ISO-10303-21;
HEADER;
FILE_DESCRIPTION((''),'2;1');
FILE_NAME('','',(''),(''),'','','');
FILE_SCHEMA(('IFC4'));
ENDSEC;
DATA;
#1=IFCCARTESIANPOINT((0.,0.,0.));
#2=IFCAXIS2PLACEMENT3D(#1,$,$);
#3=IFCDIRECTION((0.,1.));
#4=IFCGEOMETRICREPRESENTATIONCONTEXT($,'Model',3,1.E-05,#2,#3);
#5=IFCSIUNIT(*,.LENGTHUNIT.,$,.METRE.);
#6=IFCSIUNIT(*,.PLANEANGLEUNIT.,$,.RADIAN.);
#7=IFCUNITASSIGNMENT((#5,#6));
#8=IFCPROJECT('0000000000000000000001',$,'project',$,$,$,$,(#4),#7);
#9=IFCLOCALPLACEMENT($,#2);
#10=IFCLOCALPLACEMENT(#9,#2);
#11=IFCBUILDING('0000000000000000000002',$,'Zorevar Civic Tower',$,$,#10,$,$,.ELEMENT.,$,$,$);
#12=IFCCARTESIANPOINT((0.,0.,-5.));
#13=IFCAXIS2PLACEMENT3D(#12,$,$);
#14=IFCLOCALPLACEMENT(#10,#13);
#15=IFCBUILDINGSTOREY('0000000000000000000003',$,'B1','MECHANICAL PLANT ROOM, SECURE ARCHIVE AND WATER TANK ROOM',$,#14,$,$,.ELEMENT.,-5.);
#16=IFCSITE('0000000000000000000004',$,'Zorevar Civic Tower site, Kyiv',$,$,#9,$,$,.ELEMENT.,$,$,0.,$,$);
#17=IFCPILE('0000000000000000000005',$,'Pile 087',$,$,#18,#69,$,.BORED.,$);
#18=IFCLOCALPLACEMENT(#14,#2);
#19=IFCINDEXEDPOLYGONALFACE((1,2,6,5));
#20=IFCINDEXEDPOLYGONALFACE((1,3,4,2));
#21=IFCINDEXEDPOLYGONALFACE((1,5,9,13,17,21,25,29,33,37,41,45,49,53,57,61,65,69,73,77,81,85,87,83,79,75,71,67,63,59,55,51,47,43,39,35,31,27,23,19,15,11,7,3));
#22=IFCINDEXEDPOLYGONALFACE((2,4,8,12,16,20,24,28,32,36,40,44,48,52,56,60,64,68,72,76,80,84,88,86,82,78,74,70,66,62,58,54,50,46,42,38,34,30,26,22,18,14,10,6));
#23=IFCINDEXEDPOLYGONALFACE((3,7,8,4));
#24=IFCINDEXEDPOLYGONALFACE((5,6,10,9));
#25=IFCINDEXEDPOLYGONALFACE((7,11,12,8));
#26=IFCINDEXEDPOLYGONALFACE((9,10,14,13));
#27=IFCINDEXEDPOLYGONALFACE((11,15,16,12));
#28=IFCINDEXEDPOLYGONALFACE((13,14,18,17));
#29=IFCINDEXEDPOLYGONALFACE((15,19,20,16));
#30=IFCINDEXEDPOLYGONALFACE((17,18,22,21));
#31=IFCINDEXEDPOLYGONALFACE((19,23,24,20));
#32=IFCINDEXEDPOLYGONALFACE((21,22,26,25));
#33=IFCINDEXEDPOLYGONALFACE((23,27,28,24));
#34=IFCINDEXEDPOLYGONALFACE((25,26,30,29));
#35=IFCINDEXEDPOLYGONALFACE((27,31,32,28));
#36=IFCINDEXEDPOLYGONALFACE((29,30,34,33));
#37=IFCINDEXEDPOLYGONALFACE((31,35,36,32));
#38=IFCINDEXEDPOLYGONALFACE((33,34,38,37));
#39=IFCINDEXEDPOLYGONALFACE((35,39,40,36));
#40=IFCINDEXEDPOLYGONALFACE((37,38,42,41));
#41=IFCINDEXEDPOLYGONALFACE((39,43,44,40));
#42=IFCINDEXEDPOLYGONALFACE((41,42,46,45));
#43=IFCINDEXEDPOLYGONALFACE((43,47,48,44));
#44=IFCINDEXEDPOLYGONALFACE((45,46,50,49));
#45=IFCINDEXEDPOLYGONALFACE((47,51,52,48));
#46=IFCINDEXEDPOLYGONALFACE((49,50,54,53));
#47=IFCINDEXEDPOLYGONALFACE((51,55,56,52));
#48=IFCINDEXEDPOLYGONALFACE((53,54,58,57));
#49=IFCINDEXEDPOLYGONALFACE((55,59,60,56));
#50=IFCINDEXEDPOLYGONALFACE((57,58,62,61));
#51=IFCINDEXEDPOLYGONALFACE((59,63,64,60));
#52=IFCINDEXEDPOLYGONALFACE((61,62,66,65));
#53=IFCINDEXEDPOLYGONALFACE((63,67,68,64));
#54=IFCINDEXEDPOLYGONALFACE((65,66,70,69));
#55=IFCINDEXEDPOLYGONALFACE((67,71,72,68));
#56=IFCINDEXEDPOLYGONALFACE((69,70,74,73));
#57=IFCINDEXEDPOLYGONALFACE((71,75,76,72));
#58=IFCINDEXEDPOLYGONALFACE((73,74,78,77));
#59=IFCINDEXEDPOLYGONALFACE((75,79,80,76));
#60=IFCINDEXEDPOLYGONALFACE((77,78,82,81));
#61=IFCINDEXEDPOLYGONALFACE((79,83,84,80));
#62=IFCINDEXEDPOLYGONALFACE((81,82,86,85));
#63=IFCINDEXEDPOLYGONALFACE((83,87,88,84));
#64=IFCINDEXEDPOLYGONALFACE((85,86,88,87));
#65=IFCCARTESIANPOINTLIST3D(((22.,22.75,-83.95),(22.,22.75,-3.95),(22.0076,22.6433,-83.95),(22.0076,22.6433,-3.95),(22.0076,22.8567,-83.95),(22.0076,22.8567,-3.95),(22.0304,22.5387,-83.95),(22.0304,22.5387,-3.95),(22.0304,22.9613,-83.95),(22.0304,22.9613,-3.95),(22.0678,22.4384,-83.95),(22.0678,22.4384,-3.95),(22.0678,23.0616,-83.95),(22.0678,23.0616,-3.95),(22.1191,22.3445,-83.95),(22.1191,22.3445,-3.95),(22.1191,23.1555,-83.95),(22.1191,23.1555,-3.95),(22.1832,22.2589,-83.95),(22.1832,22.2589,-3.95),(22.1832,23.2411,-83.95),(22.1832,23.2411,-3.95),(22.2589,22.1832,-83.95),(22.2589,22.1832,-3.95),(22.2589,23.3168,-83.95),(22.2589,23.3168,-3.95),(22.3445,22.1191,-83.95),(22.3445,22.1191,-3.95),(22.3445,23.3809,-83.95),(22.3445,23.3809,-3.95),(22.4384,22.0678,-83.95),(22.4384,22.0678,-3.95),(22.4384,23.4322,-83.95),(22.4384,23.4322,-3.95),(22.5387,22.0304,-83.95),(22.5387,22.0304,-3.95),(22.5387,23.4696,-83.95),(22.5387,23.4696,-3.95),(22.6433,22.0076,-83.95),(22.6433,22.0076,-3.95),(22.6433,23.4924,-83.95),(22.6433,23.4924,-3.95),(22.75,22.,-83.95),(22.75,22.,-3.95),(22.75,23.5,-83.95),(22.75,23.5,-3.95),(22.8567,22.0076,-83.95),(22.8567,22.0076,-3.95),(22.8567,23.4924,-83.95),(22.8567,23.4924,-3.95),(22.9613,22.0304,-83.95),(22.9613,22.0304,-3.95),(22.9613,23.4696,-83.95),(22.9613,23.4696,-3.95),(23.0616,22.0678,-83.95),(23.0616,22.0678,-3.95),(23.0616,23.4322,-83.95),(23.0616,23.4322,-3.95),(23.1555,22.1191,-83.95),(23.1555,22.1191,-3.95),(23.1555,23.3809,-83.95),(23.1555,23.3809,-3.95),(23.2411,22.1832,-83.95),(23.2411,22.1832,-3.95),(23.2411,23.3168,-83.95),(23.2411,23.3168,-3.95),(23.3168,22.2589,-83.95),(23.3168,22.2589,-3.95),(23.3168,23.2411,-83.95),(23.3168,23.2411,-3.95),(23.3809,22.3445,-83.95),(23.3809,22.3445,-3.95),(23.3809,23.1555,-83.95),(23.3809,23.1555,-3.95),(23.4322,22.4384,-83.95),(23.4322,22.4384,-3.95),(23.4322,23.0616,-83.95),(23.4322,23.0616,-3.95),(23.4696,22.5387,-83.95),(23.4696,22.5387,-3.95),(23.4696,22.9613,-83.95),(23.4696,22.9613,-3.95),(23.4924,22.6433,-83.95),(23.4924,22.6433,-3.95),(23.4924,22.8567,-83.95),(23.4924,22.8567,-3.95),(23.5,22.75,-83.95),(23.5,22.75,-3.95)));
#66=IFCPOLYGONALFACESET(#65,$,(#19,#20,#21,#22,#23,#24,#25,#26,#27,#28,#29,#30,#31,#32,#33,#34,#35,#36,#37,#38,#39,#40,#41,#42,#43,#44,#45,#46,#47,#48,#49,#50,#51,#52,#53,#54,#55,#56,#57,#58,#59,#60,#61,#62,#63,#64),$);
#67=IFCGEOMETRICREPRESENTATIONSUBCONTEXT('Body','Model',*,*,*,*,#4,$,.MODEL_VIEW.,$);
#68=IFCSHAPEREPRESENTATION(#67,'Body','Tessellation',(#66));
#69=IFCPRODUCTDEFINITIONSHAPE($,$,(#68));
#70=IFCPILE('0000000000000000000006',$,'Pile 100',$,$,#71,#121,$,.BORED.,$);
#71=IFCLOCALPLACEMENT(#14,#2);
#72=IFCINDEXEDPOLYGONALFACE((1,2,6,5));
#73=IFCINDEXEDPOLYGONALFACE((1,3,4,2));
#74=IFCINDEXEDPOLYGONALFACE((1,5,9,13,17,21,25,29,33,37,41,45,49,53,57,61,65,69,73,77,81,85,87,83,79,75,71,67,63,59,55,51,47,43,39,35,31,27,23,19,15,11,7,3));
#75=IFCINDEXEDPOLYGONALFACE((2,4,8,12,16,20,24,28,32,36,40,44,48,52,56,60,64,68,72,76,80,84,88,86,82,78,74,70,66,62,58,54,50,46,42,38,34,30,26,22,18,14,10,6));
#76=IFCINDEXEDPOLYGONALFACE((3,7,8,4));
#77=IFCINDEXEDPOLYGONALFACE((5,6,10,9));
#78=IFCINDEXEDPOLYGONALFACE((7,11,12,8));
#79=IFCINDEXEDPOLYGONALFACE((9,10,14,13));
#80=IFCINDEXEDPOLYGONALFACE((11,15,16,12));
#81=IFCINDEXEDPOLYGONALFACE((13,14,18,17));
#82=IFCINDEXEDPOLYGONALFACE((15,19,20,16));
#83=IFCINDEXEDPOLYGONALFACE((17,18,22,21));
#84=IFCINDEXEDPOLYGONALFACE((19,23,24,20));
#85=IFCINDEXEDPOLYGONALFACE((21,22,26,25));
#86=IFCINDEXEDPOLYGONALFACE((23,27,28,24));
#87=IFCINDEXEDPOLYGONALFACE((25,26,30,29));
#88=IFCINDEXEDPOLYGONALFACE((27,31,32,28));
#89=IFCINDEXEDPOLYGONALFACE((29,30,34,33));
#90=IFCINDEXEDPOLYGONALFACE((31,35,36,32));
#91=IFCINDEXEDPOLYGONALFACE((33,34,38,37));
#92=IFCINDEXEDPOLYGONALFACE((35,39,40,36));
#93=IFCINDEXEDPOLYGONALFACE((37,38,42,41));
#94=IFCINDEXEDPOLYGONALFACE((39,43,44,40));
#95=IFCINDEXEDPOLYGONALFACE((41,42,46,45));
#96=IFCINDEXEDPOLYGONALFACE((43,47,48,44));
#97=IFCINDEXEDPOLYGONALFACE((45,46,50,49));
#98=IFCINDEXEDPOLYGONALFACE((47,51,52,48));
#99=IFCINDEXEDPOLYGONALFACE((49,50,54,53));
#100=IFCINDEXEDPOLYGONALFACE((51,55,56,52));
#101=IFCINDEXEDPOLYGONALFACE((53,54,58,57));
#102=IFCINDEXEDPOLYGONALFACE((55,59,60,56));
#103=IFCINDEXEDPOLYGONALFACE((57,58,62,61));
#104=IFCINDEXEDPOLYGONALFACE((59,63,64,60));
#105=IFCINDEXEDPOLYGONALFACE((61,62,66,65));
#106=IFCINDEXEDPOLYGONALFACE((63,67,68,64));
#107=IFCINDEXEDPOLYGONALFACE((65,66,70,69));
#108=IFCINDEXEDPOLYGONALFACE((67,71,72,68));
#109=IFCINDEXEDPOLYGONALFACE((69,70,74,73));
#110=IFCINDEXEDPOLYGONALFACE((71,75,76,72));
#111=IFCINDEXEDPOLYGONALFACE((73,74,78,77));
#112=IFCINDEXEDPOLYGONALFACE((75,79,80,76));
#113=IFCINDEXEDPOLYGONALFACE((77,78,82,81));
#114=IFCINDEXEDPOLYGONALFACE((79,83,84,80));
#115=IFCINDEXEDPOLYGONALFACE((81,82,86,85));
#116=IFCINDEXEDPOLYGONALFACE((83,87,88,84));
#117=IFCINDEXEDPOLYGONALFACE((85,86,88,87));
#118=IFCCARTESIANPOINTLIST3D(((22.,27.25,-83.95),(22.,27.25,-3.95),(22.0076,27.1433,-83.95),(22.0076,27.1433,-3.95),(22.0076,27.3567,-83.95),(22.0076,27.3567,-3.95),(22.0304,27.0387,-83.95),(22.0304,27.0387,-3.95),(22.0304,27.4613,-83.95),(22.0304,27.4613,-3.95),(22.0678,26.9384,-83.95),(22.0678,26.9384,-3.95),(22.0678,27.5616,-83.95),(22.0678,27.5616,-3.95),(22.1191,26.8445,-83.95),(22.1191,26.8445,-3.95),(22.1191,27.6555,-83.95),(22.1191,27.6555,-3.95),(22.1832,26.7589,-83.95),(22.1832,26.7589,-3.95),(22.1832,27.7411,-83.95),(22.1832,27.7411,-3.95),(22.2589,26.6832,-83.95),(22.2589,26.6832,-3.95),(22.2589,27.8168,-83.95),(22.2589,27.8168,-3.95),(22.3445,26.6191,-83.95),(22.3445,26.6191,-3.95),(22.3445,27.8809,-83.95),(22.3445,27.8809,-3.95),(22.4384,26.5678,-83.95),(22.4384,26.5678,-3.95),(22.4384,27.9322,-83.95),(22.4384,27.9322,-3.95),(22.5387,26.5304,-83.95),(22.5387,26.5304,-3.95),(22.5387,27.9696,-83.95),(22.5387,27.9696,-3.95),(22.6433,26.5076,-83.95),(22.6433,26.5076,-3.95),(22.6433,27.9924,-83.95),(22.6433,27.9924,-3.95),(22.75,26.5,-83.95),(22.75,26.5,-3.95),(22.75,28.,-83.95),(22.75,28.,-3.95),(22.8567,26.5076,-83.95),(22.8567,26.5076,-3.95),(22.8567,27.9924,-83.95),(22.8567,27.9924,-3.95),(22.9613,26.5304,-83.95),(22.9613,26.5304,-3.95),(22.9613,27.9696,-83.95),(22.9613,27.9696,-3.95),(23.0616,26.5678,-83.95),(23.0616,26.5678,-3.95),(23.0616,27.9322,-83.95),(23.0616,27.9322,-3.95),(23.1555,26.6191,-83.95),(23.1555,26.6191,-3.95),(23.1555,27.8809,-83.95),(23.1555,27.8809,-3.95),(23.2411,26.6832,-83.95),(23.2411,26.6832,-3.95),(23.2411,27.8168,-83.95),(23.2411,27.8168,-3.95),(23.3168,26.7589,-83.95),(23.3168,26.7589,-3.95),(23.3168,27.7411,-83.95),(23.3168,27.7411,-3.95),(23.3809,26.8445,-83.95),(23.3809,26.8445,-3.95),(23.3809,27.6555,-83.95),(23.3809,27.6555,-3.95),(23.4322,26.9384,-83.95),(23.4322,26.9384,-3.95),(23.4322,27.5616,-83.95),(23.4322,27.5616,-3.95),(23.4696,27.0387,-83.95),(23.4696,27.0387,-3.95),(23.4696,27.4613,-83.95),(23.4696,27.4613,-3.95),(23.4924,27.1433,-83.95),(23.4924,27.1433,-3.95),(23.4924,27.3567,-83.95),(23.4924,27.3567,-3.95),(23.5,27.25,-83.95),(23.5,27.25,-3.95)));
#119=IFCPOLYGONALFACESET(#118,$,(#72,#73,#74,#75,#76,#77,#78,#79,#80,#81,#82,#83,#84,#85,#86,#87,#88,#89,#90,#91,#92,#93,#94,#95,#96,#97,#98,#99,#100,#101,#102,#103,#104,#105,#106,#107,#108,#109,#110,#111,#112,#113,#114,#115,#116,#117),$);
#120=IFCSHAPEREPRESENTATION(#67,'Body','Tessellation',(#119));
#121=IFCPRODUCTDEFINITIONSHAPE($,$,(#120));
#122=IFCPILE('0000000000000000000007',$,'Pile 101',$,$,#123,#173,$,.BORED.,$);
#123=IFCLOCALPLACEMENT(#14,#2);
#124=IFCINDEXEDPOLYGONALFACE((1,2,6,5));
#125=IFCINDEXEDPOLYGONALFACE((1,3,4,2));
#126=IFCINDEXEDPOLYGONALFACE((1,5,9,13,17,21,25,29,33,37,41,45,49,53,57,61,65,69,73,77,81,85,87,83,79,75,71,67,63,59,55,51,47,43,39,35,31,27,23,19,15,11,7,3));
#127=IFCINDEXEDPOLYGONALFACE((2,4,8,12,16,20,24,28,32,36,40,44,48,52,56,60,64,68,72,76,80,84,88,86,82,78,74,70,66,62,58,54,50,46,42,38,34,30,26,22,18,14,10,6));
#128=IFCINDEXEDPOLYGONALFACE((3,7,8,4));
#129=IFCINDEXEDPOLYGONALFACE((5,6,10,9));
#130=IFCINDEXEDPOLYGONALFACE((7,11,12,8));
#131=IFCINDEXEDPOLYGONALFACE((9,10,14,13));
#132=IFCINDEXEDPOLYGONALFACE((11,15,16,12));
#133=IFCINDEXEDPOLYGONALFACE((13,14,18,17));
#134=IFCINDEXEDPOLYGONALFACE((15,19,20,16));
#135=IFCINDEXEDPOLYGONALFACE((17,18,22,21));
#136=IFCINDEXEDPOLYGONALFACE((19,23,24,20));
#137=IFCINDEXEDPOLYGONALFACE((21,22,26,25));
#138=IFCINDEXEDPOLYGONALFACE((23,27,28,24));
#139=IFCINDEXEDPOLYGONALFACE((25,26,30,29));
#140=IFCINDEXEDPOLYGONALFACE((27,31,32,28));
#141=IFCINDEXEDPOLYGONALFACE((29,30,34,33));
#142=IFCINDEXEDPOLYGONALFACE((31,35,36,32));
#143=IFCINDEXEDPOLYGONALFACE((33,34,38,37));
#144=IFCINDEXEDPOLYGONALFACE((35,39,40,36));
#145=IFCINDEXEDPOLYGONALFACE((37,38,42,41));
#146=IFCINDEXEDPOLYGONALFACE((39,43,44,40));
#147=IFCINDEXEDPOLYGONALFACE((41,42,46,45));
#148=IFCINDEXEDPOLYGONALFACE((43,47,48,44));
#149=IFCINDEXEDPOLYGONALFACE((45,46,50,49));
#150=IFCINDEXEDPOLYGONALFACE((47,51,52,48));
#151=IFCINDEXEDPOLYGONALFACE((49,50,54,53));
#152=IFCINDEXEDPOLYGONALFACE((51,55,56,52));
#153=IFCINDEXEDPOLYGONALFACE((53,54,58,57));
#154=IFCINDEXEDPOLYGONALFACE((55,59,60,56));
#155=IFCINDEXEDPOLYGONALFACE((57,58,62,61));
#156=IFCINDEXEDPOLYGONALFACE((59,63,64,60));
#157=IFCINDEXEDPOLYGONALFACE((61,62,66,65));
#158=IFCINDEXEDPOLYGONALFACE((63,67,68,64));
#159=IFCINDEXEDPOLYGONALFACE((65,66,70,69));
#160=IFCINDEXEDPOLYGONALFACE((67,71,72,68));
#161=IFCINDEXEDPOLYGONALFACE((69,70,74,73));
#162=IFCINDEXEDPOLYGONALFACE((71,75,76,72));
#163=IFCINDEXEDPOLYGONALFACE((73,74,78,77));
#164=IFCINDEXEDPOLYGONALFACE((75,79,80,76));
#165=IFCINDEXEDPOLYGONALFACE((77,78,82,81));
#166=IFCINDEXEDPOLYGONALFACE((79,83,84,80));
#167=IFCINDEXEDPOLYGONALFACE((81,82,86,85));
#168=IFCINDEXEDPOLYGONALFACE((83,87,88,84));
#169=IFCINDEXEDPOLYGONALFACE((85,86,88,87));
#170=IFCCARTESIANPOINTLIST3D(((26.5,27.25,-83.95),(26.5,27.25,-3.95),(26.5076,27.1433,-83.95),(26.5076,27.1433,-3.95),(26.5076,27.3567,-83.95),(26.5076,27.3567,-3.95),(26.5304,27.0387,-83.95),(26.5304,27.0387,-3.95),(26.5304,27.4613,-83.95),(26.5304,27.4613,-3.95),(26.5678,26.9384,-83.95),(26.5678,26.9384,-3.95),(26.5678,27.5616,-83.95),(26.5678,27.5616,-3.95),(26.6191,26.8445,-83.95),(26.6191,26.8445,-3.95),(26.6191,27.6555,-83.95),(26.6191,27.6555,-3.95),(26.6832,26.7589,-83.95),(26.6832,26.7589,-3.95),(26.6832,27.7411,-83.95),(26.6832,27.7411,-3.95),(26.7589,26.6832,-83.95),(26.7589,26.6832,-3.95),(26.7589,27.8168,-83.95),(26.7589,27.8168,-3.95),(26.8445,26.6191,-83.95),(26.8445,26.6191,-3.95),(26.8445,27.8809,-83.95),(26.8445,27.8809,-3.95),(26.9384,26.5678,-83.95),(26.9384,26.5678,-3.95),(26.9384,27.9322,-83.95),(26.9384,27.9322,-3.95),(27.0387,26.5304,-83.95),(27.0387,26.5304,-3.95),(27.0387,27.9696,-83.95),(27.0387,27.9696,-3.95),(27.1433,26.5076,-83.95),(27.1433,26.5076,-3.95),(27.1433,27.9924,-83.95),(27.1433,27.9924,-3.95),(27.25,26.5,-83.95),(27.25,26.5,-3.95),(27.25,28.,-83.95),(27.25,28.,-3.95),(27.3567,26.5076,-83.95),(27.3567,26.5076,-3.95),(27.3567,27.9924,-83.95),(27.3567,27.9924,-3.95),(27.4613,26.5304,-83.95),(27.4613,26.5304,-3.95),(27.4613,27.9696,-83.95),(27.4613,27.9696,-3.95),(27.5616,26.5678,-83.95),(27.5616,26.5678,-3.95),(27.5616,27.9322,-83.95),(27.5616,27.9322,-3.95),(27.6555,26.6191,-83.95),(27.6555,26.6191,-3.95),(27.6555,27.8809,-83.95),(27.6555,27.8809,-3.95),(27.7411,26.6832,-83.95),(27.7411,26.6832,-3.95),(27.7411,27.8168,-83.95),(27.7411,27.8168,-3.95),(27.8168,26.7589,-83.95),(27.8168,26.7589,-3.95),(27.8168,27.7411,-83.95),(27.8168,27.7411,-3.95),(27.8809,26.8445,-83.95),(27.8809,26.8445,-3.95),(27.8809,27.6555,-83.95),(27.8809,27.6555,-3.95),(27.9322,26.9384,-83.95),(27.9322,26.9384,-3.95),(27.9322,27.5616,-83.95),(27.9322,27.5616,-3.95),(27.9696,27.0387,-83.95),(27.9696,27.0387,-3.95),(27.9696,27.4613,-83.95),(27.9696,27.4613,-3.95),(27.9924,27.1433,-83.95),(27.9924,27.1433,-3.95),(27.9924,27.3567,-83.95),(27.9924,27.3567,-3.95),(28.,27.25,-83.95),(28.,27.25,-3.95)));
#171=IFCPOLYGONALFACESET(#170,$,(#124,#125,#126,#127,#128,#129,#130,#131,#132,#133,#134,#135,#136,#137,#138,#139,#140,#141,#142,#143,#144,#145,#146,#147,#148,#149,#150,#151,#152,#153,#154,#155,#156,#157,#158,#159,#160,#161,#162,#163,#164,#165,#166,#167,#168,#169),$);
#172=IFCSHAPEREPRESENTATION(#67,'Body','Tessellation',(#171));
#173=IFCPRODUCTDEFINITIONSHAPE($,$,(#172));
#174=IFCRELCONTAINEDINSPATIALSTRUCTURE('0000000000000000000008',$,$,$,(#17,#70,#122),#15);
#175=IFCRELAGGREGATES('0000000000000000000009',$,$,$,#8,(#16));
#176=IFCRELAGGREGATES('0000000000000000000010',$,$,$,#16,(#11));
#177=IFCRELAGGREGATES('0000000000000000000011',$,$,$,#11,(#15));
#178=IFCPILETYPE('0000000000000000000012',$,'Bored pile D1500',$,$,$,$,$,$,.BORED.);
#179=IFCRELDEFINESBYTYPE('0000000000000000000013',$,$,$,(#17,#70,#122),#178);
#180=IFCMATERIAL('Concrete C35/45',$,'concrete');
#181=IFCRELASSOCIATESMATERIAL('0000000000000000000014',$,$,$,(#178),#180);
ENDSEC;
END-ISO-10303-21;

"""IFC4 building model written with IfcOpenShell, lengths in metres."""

from ifc_helpers import new_model, si_unit, direction, frame, origin, origin_2d, place, context, subcontext, project, spatial, circle, extrude, material, type_object, element, save


model = new_model("IFC4")

# Units and contexts
model_context = context("Model", 3, precision=1e-05, world=origin(), true_north=direction((0.0, 1.0)))
body_context = subcontext(model_context, "Body", "Model", "MODEL_VIEW")
ifc_project = project(units=[si_unit("LENGTHUNIT", "METRE"), si_unit("PLANEANGLEUNIT", "RADIAN")], contexts=[model_context])

# Site, building, storey
site_placement = place(None, origin())
site = spatial("IfcSite", under=ifc_project, at=site_placement, Name="Zorevar Civic Tower site, Kyiv", CompositionType="ELEMENT", RefElevation=0.0)
building_placement = place(site_placement, origin())
building = spatial("IfcBuilding", under=site, at=building_placement, Name="Zorevar Civic Tower", CompositionType="ELEMENT")
storey_placement = place(building_placement, frame((0.0, 0.0, -5.0)))
storey = spatial("IfcBuildingStorey", under=building, at=storey_placement, Name="B1", Description="MECHANICAL PLANT ROOM, SECURE ARCHIVE AND WATER TANK ROOM", CompositionType="ELEMENT", Elevation=-5.0)

# Piles
ifc_material_1 = material(Name="Concrete C35/45", Category="concrete")
pile_type = type_object("IfcPileType", Name="Bored pile D1500", PredefinedType="BORED", material=ifc_material_1)
for number, where, z_axis, x_axis, name in (
    (1, (22.75, 22.75, -3.95), (0.0, 0.0, -1.0), (1.0, 0.0, 0.0), "Pile 087"),
    (2, (22.75, 27.25, -3.95), (0.0, 0.0, -1.0), (1.0, 0.0, 0.0), "Pile 100"),
    (3, (27.25, 27.25, -3.95), (0.0, 0.0, -1.0), (1.0, 0.0, 0.0), "Pile 101"),
):
    element("IfcPile", number, at=place(storey_placement, frame(where, z_axis=z_axis, x_axis=x_axis)), inside=storey, type_object=pile_type, Name=name, PredefinedType="BORED", context=body_context, shape_type="SweptSolid", body=[
        extrude(circle(Radius=0.75, at=origin_2d()), origin(), (0.0, 0.0, 1.0), 80.0),
    ])

save(model, "model.ifc")
